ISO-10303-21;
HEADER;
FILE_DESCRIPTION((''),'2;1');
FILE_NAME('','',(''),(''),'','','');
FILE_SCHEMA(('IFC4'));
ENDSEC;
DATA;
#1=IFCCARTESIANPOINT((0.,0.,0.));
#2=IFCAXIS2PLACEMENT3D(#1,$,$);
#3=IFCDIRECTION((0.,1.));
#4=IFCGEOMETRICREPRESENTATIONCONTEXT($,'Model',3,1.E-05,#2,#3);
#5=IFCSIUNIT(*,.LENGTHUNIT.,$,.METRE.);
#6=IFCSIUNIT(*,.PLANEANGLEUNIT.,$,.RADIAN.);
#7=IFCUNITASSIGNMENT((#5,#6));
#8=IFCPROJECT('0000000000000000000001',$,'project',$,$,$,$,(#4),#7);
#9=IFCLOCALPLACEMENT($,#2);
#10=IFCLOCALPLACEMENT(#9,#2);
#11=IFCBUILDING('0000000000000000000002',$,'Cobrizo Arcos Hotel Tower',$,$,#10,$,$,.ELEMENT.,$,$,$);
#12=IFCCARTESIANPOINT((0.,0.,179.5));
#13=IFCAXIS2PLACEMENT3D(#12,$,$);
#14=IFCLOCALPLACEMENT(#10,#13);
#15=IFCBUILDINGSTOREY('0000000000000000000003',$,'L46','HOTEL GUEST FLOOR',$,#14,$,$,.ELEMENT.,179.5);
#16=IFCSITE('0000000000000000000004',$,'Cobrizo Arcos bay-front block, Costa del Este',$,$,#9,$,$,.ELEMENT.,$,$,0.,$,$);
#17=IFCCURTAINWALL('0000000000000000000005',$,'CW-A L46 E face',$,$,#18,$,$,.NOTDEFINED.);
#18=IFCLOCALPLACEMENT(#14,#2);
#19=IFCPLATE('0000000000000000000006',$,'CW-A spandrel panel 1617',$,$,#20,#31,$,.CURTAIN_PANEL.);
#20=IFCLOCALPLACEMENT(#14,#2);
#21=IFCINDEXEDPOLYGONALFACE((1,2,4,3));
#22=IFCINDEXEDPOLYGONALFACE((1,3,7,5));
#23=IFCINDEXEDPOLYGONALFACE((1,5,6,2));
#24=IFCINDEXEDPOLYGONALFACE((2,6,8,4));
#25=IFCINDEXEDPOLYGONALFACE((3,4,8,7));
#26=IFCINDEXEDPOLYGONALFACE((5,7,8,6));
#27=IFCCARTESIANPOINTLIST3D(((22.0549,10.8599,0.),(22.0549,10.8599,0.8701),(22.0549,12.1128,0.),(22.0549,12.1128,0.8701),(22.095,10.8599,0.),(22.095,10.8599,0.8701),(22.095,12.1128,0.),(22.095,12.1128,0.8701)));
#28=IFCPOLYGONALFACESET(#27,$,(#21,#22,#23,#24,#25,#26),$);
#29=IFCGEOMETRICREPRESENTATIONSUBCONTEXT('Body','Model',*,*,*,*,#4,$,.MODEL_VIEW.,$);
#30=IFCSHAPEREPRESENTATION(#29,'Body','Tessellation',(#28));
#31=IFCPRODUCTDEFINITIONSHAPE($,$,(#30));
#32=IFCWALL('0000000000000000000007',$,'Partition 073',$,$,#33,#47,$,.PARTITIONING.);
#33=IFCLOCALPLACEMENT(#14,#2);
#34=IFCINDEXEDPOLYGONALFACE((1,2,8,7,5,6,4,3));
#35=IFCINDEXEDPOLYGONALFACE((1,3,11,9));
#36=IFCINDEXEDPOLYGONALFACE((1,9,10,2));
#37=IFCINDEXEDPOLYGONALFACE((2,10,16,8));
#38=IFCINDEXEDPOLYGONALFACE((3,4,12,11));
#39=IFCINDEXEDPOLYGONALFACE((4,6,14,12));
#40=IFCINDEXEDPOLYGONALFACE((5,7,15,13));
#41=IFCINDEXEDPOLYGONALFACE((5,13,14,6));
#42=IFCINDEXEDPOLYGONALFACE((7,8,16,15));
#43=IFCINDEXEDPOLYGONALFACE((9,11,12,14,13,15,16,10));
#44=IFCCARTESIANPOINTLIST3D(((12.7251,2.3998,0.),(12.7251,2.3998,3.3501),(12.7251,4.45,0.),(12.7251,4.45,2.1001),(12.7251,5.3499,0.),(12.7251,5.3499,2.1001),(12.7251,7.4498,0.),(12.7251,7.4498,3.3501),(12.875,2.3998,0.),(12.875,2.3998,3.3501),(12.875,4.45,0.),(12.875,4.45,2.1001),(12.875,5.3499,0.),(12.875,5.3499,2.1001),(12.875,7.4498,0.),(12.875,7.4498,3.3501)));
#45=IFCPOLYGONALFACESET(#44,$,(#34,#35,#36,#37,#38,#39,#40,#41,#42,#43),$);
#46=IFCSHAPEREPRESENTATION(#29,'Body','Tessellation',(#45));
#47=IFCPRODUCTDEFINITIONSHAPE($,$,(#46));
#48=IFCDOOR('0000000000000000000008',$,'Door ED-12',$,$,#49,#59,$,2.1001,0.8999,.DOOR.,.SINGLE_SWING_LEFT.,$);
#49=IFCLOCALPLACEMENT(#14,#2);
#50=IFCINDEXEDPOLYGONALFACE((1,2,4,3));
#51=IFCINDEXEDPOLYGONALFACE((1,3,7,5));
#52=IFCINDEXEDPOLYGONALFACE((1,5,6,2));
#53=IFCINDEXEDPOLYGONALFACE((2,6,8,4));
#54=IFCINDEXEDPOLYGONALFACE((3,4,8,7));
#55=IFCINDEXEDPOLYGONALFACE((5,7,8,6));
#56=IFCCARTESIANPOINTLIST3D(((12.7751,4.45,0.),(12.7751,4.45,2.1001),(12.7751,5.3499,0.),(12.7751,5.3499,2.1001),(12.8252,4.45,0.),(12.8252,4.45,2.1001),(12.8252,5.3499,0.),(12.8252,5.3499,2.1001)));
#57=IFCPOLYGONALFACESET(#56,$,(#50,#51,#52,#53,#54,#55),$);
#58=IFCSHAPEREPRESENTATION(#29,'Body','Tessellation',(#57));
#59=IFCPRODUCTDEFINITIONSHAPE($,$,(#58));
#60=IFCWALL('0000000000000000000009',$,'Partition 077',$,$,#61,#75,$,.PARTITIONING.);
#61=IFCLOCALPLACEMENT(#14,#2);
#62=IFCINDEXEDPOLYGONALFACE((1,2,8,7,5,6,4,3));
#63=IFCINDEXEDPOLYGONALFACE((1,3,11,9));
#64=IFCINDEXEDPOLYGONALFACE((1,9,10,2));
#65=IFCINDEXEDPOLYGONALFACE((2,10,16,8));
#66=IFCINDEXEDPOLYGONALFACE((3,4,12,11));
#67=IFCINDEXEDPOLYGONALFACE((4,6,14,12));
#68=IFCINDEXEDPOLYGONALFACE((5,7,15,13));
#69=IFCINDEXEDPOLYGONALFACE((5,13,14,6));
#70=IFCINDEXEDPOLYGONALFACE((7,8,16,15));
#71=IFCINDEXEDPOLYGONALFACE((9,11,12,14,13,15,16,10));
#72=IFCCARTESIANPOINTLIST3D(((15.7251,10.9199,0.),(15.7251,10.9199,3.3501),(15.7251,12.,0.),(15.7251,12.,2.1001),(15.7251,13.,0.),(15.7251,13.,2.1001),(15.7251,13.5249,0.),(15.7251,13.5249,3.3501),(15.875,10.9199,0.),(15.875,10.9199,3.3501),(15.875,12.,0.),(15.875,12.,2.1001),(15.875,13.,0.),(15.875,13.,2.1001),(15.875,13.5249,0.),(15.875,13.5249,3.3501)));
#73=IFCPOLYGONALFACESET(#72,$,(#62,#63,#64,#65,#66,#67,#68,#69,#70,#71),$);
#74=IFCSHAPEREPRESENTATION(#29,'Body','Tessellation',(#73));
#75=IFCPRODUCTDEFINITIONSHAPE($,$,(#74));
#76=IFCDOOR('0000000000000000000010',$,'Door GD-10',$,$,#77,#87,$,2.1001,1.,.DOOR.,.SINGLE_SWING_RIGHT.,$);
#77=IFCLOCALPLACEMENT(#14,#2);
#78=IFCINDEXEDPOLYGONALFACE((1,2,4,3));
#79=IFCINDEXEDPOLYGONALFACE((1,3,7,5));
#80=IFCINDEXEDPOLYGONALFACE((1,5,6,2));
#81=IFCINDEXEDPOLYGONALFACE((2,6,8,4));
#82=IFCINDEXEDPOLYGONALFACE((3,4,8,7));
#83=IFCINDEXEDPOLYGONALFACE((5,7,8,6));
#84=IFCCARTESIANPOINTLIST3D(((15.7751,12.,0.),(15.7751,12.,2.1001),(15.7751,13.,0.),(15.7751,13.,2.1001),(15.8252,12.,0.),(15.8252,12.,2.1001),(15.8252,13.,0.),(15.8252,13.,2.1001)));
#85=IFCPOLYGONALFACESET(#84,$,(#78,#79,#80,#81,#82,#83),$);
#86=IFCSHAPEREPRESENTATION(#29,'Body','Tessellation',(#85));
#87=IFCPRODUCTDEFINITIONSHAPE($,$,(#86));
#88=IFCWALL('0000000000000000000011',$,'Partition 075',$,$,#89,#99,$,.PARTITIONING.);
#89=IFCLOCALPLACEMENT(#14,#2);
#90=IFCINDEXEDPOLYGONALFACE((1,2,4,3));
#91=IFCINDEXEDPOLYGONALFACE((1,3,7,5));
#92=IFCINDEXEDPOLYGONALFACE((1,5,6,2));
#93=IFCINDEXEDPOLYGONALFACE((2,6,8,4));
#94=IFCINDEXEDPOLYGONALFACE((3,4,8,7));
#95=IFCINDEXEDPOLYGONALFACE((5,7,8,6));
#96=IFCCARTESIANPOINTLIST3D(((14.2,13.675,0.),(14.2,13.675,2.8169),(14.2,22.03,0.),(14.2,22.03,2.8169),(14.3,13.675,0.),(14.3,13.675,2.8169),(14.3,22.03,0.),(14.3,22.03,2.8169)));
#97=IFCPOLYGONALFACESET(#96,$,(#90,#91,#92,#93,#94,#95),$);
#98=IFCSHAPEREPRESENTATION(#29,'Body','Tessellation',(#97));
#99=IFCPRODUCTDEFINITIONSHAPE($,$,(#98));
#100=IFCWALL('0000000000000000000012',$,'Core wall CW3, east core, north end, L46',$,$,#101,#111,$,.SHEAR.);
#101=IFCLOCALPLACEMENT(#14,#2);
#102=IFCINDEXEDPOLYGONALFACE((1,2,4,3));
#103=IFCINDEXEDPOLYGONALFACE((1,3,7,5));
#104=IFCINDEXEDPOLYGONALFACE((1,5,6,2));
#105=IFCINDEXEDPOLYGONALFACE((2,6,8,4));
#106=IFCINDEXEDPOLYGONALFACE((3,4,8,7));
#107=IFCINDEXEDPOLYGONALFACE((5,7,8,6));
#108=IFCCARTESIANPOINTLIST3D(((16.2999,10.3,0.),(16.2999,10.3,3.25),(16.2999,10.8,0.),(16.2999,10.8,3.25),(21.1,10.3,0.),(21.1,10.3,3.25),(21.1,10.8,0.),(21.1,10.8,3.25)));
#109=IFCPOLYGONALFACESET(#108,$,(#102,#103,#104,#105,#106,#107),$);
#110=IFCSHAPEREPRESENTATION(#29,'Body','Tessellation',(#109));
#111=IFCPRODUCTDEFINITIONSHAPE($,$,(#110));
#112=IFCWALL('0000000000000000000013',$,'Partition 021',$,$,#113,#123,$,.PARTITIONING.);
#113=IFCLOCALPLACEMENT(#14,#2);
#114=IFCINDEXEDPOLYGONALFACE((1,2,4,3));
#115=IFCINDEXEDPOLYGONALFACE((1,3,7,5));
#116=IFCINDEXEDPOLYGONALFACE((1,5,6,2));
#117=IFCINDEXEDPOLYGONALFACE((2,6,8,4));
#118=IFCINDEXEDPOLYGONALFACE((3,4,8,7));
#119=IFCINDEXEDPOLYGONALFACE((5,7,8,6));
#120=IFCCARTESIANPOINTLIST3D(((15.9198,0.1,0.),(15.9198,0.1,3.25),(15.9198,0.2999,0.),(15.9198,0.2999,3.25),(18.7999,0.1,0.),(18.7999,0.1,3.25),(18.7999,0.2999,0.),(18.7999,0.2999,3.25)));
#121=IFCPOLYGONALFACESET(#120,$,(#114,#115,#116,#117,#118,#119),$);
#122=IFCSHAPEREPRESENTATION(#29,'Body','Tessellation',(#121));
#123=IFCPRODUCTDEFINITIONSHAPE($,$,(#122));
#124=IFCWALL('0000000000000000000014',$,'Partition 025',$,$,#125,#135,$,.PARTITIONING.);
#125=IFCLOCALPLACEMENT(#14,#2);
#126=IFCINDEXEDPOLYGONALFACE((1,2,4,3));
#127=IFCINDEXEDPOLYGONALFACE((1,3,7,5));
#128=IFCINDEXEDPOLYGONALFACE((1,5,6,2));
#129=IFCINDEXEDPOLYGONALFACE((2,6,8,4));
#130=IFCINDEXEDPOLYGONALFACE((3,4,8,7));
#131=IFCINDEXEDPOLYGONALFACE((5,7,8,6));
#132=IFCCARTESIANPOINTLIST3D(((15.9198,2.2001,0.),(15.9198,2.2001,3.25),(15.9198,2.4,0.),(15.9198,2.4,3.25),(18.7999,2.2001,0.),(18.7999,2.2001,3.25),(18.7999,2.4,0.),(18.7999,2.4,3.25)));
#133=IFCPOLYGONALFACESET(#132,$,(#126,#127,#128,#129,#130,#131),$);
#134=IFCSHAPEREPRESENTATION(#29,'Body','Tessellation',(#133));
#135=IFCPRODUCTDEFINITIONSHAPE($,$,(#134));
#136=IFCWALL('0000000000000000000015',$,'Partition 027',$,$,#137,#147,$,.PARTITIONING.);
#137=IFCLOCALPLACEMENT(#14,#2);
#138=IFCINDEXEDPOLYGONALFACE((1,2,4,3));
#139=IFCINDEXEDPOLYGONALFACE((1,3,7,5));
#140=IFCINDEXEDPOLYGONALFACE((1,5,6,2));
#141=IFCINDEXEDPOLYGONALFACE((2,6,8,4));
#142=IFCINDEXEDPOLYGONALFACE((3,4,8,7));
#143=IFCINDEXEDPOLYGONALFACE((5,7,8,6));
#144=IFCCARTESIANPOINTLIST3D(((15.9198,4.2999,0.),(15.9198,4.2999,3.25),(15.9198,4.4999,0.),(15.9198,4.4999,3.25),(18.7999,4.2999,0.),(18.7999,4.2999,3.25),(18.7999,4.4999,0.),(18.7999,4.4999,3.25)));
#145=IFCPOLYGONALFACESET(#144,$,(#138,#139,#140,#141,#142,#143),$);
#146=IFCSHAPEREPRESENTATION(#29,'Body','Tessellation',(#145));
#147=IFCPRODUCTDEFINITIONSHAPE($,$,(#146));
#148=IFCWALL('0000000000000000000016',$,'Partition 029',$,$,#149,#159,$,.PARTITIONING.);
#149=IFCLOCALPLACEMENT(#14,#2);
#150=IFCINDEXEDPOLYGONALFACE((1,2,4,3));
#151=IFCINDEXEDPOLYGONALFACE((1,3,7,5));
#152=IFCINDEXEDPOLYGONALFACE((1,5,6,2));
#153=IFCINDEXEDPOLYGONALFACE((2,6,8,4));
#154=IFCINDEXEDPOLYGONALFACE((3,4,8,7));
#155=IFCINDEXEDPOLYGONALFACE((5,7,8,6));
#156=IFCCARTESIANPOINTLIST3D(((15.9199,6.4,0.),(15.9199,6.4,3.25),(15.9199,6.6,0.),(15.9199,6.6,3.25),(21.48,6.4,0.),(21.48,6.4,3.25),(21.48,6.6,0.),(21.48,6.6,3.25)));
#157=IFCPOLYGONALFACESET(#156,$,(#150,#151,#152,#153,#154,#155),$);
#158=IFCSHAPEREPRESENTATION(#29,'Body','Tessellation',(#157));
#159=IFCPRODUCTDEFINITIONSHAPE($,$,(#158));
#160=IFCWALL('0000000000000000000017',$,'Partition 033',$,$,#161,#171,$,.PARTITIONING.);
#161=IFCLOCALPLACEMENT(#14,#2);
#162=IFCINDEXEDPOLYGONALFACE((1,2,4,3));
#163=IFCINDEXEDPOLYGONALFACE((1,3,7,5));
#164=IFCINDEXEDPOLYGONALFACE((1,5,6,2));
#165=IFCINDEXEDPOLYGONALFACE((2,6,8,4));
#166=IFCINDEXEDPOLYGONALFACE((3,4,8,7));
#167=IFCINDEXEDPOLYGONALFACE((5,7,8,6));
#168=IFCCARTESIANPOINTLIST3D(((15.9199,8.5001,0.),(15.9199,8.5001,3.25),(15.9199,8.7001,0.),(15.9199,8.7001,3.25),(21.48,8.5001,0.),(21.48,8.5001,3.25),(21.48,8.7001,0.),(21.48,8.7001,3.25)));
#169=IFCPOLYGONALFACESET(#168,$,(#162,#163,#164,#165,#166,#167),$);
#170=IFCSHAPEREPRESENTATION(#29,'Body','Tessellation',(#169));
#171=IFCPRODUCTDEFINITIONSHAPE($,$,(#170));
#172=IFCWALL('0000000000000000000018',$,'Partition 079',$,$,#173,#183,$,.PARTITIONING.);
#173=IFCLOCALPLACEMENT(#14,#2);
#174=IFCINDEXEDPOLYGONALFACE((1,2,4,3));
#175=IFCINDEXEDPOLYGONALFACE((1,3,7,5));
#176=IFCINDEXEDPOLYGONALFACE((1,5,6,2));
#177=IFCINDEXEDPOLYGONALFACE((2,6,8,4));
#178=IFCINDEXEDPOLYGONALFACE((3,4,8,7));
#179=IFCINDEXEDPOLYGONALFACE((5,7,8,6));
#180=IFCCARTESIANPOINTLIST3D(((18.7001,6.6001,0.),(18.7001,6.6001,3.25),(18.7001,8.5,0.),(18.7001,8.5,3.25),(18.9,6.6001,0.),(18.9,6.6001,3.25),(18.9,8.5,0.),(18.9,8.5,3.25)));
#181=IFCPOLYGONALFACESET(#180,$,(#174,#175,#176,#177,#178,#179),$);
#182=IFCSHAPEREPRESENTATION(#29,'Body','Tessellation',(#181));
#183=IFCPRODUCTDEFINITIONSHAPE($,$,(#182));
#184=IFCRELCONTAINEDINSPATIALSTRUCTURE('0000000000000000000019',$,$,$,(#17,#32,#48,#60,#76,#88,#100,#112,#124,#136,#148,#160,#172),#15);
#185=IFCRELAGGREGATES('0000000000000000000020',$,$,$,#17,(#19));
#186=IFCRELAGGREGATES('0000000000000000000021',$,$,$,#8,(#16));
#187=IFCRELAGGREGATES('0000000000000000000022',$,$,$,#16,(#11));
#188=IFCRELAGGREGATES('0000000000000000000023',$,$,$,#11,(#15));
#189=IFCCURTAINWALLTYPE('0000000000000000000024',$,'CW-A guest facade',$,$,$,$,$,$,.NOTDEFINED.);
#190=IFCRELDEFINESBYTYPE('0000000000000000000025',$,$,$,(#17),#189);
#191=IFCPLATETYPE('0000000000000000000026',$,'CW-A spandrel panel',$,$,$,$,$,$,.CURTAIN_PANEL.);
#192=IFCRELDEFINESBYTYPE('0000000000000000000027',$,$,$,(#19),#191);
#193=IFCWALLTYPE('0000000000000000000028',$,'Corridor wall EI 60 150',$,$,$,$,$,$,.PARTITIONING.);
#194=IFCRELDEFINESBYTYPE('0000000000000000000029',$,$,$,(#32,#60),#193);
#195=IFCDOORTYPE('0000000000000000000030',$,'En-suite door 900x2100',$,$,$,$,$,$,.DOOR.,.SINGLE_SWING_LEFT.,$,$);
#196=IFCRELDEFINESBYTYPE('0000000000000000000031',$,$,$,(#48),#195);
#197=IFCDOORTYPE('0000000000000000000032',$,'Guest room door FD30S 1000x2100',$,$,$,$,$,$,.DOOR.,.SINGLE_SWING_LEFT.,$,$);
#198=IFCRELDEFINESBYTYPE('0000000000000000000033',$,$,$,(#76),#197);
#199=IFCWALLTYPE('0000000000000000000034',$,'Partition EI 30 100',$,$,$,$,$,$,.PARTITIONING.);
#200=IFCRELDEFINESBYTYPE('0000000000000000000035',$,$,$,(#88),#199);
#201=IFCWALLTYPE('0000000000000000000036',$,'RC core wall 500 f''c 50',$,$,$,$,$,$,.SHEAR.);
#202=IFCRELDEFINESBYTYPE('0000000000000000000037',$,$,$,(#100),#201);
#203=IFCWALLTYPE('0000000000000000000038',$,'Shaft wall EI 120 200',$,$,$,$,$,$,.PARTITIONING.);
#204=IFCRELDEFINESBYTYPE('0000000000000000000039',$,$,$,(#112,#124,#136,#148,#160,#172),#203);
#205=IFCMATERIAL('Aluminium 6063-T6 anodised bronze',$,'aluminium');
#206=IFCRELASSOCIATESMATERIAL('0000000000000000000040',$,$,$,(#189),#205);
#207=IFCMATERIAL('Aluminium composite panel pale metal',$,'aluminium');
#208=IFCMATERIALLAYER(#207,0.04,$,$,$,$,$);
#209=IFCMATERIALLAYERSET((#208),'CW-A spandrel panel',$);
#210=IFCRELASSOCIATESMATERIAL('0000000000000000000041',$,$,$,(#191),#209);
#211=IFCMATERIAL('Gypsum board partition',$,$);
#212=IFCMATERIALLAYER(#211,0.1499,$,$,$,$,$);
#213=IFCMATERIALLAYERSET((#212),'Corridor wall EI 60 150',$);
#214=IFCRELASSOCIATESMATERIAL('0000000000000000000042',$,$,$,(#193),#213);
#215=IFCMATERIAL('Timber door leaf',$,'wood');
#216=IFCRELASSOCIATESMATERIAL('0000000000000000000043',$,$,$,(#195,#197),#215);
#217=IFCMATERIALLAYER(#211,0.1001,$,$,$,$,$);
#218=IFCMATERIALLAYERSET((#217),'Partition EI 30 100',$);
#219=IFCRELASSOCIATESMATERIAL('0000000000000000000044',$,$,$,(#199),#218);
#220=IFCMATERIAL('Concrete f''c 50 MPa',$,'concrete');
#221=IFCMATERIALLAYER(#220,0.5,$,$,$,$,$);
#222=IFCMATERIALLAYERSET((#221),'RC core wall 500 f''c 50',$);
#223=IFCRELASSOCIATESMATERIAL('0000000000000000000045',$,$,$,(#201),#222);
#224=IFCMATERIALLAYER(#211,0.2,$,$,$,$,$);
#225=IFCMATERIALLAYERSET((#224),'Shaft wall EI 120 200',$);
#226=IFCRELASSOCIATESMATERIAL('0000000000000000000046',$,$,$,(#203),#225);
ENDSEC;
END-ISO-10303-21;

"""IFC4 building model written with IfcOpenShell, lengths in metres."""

from ifc_helpers import new_model, si_unit, direction, frame, frame_2d, origin, origin_2d, place, context, subcontext, project, spatial, rectangle, extrude, material, layer, layer_set, type_object, element, fill, aggregate, save


model = new_model("IFC4")

# Units and contexts
model_context = context("Model", 3, precision=1e-05, world=origin(), true_north=direction((0.0, 1.0)))
body_context = subcontext(model_context, "Body", "Model", "MODEL_VIEW")
ifc_project = project(units=[si_unit("LENGTHUNIT", "METRE"), si_unit("PLANEANGLEUNIT", "RADIAN")], contexts=[model_context])

# Site, building, storey
site_placement = place(None, origin())
site = spatial("IfcSite", under=ifc_project, at=site_placement, Name="Cobrizo Arcos bay-front block, Costa del Este", CompositionType="ELEMENT", RefElevation=0.0)
building_placement = place(site_placement, origin())
building = spatial("IfcBuilding", under=site, at=building_placement, Name="Cobrizo Arcos Hotel Tower", CompositionType="ELEMENT")
storey_placement = place(building_placement, frame((0.0, 0.0, 179.5)))
storey = spatial("IfcBuildingStorey", under=building, at=storey_placement, Name="L46", Description="HOTEL GUEST FLOOR", CompositionType="ELEMENT", Elevation=179.5)

# Curtain wall
ifc_material_1 = material(Name="Aluminium 6063-T6 anodised bronze", Category="aluminium")
curtain_wall_type = type_object("IfcCurtainWallType", Name="CW-A guest facade", PredefinedType="NOTDEFINED", material=ifc_material_1)
curtain_wall_placement = place(storey_placement, origin())
curtain_wall = element("IfcCurtainWall", 1, at=curtain_wall_placement, inside=storey, type_object=curtain_wall_type, Name="CW-A L46 E face", PredefinedType="NOTDEFINED")

# Plate
ifc_material_2 = material(Name="Aluminium composite panel pale metal", Category="aluminium")
ifc_layer_1 = layer(ifc_material_2, 0.04)
ifc_layer_set_1 = layer_set([ifc_layer_1], Name="CW-A spandrel panel")
plate_type_1 = type_object("IfcPlateType", Name="CW-A spandrel panel", PredefinedType="CURTAIN_PANEL", material=ifc_layer_set_1)
plate_1_placement = place(storey_placement, frame((22.075, 11.4863, 0.0), z_axis=(0.0, 0.0, 1.0), x_axis=(0.0, 1.0, 0.0)))
plate_1 = element("IfcPlate", 2, at=plate_1_placement, type_object=plate_type_1, Name="CW-A spandrel panel 1617", PredefinedType="CURTAIN_PANEL", context=body_context, shape_type="SweptSolid", body=[
    extrude(rectangle(XDim=1.2529, YDim=0.04, at=origin_2d()), origin(), (0.0, 0.0, 1.0), 0.8701),
])
aggregate(curtain_wall, [plate_1])

# Walls, openings, doors
ifc_material_3 = material(Name="Gypsum board partition")
ifc_layer_2 = layer(ifc_material_3, 0.1499)
ifc_layer_set_2 = layer_set([ifc_layer_2], Name="Corridor wall EI 60 150")
wall_type_1 = type_object("IfcWallType", Name="Corridor wall EI 60 150", PredefinedType="PARTITIONING", material=ifc_layer_set_2)
wall_1_placement = place(storey_placement, frame((12.8, 2.3999, 0.0), z_axis=(0.0, 0.0, 1.0), x_axis=(0.0, 1.0, 0.0)))
wall_1 = element("IfcWall", 3, at=wall_1_placement, inside=storey, type_object=wall_type_1, Name="Partition 073", PredefinedType="PARTITIONING", context=body_context, shape_type="SweptSolid", body=[
    extrude(rectangle(XDim=5.05, YDim=0.1499, at=frame_2d((2.5249, 0.0))), origin(), (0.0, 0.0, 1.0), 3.3501),
])
opening_1_placement = place(wall_1_placement, frame((2.05, 0.0, 0.0)))
opening_1 = element("IfcOpeningElement", 4, at=opening_1_placement, cuts=wall_1, PredefinedType="OPENING", context=body_context, shape_type="SweptSolid", body=[
    extrude(rectangle(XDim=0.8999, YDim=2.1001, at=frame_2d((0.45, 1.05))), frame((0.0, 0.0869, 0.0), z_axis=(0.0, -1.0, 0.0), x_axis=(1.0, 0.0, 0.0)), (0.0, 0.0, 1.0), 0.1738),
])
ifc_material_4 = material(Name="Timber door leaf", Category="wood")
door_type_1 = type_object("IfcDoorType", Name="En-suite door 900x2100", OperationType="SINGLE_SWING_LEFT", PredefinedType="DOOR", material=ifc_material_4)
door_1_placement = place(opening_1_placement, origin())
door_1 = element("IfcDoor", 5, at=door_1_placement, inside=storey, type_object=door_type_1, Name="Door ED-12", OperationType="SINGLE_SWING_LEFT", OverallHeight=2.1001, OverallWidth=0.8999, PredefinedType="DOOR", context=body_context, shape_type="SweptSolid", body=[
    extrude(rectangle(XDim=0.8999, YDim=2.1001, at=frame_2d((0.45, 1.05))), frame((0.0, 0.0249, 0.0), z_axis=(0.0, -1.0, 0.0), x_axis=(1.0, 0.0, 0.0)), (0.0, 0.0, 1.0), 0.05),
])
fill(opening_1, door_1)
wall_2_placement = place(storey_placement, frame((15.8, 10.9199, 0.0), z_axis=(0.0, 0.0, 1.0), x_axis=(0.0, 1.0, 0.0)))
wall_2 = element("IfcWall", 6, at=wall_2_placement, inside=storey, type_object=wall_type_1, Name="Partition 077", PredefinedType="PARTITIONING", context=body_context, shape_type="SweptSolid", body=[
    extrude(rectangle(XDim=2.605, YDim=0.1499, at=frame_2d((1.3025, 0.0))), origin(), (0.0, 0.0, 1.0), 3.3501),
])
opening_2_placement = place(wall_2_placement, frame((1.0801, 0.0, 0.0)))
opening_2 = element("IfcOpeningElement", 7, at=opening_2_placement, cuts=wall_2, PredefinedType="OPENING", context=body_context, shape_type="SweptSolid", body=[
    extrude(rectangle(XDim=1.0, YDim=2.1001, at=frame_2d((0.5, 1.05))), frame((0.0, 0.0869, 0.0), z_axis=(0.0, -1.0, 0.0), x_axis=(1.0, 0.0, 0.0)), (0.0, 0.0, 1.0), 0.1738),
])
door_type_2 = type_object("IfcDoorType", Name="Guest room door FD30S 1000x2100", OperationType="SINGLE_SWING_LEFT", PredefinedType="DOOR", material=ifc_material_4)
door_2_placement = place(opening_2_placement, origin())
door_2 = element("IfcDoor", 8, at=door_2_placement, inside=storey, type_object=door_type_2, Name="Door GD-10", OperationType="SINGLE_SWING_RIGHT", OverallHeight=2.1001, OverallWidth=1.0, PredefinedType="DOOR", context=body_context, shape_type="SweptSolid", body=[
    extrude(rectangle(XDim=1.0, YDim=2.1001, at=frame_2d((0.5, 1.05))), frame((0.0, 0.0249, 0.0), z_axis=(0.0, -1.0, 0.0), x_axis=(1.0, 0.0, 0.0)), (0.0, 0.0, 1.0), 0.05),
])
fill(opening_2, door_2)

# Walls
ifc_layer_3 = layer(ifc_material_3, 0.1001)
ifc_layer_set_3 = layer_set([ifc_layer_3], Name="Partition EI 30 100")
wall_type_2 = type_object("IfcWallType", Name="Partition EI 30 100", PredefinedType="PARTITIONING", material=ifc_layer_set_3)
wall_3_placement = place(storey_placement, frame((14.25, 13.675, 0.0), z_axis=(0.0, 0.0, 1.0), x_axis=(0.0, 1.0, 0.0)))
element("IfcWall", 9, at=wall_3_placement, inside=storey, type_object=wall_type_2, Name="Partition 075", PredefinedType="PARTITIONING", context=body_context, shape_type="SweptSolid", body=[
    extrude(rectangle(XDim=8.355, YDim=0.1001, at=frame_2d((4.1775, 0.0))), origin(), (0.0, 0.0, 1.0), 2.8169),
])
ifc_material_5 = material(Name="Concrete f'c 50 MPa", Category="concrete")
ifc_layer_4 = layer(ifc_material_5, 0.5)
ifc_layer_set_4 = layer_set([ifc_layer_4], Name="RC core wall 500 f'c 50")
wall_type_3 = type_object("IfcWallType", Name="RC core wall 500 f'c 50", PredefinedType="SHEAR", material=ifc_layer_set_4)
wall_4_placement = place(storey_placement, frame((16.3, 10.55, 0.0), z_axis=(0.0, 0.0, 1.0), x_axis=(1.0, 0.0, 0.0)))
element("IfcWall", 10, at=wall_4_placement, inside=storey, type_object=wall_type_3, Name="Core wall CW3, east core, north end, L46", PredefinedType="SHEAR", context=body_context, shape_type="SweptSolid", body=[
    extrude(rectangle(XDim=4.8, YDim=0.5, at=frame_2d((2.3999, 0.0))), origin(), (0.0, 0.0, 1.0), 3.25),
])
ifc_layer_5 = layer(ifc_material_3, 0.2)
ifc_layer_set_5 = layer_set([ifc_layer_5], Name="Shaft wall EI 120 200")
wall_type_4 = type_object("IfcWallType", Name="Shaft wall EI 120 200", PredefinedType="PARTITIONING", material=ifc_layer_set_5)
for number, where, z_axis, x_axis, name in (
    (11, (15.9199, 0.2, 0.0), (0.0, 0.0, 1.0), (1.0, 0.0, 0.0), "Partition 021"),
    (12, (15.9199, 2.3, 0.0), (0.0, 0.0, 1.0), (1.0, 0.0, 0.0), "Partition 025"),
    (13, (15.9199, 4.3999, 0.0), (0.0, 0.0, 1.0), (1.0, 0.0, 0.0), "Partition 027"),
):
    element("IfcWall", number, at=place(storey_placement, frame(where, z_axis=z_axis, x_axis=x_axis)), inside=storey, type_object=wall_type_4, Name=name, PredefinedType="PARTITIONING", context=body_context, shape_type="SweptSolid", body=[
        extrude(rectangle(XDim=2.8801, YDim=0.2, at=frame_2d((1.4399, 0.0))), origin(), (0.0, 0.0, 1.0), 3.25),
    ])
for number, where, z_axis, x_axis, name in (
    (14, (15.9199, 6.5, 0.0), (0.0, 0.0, 1.0), (1.0, 0.0, 0.0), "Partition 029"),
    (15, (15.9199, 8.6001, 0.0), (0.0, 0.0, 1.0), (1.0, 0.0, 0.0), "Partition 033"),
):
    element("IfcWall", number, at=place(storey_placement, frame(where, z_axis=z_axis, x_axis=x_axis)), inside=storey, type_object=wall_type_4, Name=name, PredefinedType="PARTITIONING", context=body_context, shape_type="SweptSolid", body=[
        extrude(rectangle(XDim=5.5601, YDim=0.2, at=frame_2d((2.78, 0.0))), origin(), (0.0, 0.0, 1.0), 3.25),
    ])
wall_5_placement = place(storey_placement, frame((18.8, 6.6001, 0.0), z_axis=(0.0, 0.0, 1.0), x_axis=(0.0, 1.0, 0.0)))
element("IfcWall", 16, at=wall_5_placement, inside=storey, type_object=wall_type_4, Name="Partition 079", PredefinedType="PARTITIONING", context=body_context, shape_type="SweptSolid", body=[
    extrude(rectangle(XDim=1.8999, YDim=0.2, at=frame_2d((0.95, 0.0))), origin(), (0.0, 0.0, 1.0), 3.25),
])

save(model, "model.ifc")
